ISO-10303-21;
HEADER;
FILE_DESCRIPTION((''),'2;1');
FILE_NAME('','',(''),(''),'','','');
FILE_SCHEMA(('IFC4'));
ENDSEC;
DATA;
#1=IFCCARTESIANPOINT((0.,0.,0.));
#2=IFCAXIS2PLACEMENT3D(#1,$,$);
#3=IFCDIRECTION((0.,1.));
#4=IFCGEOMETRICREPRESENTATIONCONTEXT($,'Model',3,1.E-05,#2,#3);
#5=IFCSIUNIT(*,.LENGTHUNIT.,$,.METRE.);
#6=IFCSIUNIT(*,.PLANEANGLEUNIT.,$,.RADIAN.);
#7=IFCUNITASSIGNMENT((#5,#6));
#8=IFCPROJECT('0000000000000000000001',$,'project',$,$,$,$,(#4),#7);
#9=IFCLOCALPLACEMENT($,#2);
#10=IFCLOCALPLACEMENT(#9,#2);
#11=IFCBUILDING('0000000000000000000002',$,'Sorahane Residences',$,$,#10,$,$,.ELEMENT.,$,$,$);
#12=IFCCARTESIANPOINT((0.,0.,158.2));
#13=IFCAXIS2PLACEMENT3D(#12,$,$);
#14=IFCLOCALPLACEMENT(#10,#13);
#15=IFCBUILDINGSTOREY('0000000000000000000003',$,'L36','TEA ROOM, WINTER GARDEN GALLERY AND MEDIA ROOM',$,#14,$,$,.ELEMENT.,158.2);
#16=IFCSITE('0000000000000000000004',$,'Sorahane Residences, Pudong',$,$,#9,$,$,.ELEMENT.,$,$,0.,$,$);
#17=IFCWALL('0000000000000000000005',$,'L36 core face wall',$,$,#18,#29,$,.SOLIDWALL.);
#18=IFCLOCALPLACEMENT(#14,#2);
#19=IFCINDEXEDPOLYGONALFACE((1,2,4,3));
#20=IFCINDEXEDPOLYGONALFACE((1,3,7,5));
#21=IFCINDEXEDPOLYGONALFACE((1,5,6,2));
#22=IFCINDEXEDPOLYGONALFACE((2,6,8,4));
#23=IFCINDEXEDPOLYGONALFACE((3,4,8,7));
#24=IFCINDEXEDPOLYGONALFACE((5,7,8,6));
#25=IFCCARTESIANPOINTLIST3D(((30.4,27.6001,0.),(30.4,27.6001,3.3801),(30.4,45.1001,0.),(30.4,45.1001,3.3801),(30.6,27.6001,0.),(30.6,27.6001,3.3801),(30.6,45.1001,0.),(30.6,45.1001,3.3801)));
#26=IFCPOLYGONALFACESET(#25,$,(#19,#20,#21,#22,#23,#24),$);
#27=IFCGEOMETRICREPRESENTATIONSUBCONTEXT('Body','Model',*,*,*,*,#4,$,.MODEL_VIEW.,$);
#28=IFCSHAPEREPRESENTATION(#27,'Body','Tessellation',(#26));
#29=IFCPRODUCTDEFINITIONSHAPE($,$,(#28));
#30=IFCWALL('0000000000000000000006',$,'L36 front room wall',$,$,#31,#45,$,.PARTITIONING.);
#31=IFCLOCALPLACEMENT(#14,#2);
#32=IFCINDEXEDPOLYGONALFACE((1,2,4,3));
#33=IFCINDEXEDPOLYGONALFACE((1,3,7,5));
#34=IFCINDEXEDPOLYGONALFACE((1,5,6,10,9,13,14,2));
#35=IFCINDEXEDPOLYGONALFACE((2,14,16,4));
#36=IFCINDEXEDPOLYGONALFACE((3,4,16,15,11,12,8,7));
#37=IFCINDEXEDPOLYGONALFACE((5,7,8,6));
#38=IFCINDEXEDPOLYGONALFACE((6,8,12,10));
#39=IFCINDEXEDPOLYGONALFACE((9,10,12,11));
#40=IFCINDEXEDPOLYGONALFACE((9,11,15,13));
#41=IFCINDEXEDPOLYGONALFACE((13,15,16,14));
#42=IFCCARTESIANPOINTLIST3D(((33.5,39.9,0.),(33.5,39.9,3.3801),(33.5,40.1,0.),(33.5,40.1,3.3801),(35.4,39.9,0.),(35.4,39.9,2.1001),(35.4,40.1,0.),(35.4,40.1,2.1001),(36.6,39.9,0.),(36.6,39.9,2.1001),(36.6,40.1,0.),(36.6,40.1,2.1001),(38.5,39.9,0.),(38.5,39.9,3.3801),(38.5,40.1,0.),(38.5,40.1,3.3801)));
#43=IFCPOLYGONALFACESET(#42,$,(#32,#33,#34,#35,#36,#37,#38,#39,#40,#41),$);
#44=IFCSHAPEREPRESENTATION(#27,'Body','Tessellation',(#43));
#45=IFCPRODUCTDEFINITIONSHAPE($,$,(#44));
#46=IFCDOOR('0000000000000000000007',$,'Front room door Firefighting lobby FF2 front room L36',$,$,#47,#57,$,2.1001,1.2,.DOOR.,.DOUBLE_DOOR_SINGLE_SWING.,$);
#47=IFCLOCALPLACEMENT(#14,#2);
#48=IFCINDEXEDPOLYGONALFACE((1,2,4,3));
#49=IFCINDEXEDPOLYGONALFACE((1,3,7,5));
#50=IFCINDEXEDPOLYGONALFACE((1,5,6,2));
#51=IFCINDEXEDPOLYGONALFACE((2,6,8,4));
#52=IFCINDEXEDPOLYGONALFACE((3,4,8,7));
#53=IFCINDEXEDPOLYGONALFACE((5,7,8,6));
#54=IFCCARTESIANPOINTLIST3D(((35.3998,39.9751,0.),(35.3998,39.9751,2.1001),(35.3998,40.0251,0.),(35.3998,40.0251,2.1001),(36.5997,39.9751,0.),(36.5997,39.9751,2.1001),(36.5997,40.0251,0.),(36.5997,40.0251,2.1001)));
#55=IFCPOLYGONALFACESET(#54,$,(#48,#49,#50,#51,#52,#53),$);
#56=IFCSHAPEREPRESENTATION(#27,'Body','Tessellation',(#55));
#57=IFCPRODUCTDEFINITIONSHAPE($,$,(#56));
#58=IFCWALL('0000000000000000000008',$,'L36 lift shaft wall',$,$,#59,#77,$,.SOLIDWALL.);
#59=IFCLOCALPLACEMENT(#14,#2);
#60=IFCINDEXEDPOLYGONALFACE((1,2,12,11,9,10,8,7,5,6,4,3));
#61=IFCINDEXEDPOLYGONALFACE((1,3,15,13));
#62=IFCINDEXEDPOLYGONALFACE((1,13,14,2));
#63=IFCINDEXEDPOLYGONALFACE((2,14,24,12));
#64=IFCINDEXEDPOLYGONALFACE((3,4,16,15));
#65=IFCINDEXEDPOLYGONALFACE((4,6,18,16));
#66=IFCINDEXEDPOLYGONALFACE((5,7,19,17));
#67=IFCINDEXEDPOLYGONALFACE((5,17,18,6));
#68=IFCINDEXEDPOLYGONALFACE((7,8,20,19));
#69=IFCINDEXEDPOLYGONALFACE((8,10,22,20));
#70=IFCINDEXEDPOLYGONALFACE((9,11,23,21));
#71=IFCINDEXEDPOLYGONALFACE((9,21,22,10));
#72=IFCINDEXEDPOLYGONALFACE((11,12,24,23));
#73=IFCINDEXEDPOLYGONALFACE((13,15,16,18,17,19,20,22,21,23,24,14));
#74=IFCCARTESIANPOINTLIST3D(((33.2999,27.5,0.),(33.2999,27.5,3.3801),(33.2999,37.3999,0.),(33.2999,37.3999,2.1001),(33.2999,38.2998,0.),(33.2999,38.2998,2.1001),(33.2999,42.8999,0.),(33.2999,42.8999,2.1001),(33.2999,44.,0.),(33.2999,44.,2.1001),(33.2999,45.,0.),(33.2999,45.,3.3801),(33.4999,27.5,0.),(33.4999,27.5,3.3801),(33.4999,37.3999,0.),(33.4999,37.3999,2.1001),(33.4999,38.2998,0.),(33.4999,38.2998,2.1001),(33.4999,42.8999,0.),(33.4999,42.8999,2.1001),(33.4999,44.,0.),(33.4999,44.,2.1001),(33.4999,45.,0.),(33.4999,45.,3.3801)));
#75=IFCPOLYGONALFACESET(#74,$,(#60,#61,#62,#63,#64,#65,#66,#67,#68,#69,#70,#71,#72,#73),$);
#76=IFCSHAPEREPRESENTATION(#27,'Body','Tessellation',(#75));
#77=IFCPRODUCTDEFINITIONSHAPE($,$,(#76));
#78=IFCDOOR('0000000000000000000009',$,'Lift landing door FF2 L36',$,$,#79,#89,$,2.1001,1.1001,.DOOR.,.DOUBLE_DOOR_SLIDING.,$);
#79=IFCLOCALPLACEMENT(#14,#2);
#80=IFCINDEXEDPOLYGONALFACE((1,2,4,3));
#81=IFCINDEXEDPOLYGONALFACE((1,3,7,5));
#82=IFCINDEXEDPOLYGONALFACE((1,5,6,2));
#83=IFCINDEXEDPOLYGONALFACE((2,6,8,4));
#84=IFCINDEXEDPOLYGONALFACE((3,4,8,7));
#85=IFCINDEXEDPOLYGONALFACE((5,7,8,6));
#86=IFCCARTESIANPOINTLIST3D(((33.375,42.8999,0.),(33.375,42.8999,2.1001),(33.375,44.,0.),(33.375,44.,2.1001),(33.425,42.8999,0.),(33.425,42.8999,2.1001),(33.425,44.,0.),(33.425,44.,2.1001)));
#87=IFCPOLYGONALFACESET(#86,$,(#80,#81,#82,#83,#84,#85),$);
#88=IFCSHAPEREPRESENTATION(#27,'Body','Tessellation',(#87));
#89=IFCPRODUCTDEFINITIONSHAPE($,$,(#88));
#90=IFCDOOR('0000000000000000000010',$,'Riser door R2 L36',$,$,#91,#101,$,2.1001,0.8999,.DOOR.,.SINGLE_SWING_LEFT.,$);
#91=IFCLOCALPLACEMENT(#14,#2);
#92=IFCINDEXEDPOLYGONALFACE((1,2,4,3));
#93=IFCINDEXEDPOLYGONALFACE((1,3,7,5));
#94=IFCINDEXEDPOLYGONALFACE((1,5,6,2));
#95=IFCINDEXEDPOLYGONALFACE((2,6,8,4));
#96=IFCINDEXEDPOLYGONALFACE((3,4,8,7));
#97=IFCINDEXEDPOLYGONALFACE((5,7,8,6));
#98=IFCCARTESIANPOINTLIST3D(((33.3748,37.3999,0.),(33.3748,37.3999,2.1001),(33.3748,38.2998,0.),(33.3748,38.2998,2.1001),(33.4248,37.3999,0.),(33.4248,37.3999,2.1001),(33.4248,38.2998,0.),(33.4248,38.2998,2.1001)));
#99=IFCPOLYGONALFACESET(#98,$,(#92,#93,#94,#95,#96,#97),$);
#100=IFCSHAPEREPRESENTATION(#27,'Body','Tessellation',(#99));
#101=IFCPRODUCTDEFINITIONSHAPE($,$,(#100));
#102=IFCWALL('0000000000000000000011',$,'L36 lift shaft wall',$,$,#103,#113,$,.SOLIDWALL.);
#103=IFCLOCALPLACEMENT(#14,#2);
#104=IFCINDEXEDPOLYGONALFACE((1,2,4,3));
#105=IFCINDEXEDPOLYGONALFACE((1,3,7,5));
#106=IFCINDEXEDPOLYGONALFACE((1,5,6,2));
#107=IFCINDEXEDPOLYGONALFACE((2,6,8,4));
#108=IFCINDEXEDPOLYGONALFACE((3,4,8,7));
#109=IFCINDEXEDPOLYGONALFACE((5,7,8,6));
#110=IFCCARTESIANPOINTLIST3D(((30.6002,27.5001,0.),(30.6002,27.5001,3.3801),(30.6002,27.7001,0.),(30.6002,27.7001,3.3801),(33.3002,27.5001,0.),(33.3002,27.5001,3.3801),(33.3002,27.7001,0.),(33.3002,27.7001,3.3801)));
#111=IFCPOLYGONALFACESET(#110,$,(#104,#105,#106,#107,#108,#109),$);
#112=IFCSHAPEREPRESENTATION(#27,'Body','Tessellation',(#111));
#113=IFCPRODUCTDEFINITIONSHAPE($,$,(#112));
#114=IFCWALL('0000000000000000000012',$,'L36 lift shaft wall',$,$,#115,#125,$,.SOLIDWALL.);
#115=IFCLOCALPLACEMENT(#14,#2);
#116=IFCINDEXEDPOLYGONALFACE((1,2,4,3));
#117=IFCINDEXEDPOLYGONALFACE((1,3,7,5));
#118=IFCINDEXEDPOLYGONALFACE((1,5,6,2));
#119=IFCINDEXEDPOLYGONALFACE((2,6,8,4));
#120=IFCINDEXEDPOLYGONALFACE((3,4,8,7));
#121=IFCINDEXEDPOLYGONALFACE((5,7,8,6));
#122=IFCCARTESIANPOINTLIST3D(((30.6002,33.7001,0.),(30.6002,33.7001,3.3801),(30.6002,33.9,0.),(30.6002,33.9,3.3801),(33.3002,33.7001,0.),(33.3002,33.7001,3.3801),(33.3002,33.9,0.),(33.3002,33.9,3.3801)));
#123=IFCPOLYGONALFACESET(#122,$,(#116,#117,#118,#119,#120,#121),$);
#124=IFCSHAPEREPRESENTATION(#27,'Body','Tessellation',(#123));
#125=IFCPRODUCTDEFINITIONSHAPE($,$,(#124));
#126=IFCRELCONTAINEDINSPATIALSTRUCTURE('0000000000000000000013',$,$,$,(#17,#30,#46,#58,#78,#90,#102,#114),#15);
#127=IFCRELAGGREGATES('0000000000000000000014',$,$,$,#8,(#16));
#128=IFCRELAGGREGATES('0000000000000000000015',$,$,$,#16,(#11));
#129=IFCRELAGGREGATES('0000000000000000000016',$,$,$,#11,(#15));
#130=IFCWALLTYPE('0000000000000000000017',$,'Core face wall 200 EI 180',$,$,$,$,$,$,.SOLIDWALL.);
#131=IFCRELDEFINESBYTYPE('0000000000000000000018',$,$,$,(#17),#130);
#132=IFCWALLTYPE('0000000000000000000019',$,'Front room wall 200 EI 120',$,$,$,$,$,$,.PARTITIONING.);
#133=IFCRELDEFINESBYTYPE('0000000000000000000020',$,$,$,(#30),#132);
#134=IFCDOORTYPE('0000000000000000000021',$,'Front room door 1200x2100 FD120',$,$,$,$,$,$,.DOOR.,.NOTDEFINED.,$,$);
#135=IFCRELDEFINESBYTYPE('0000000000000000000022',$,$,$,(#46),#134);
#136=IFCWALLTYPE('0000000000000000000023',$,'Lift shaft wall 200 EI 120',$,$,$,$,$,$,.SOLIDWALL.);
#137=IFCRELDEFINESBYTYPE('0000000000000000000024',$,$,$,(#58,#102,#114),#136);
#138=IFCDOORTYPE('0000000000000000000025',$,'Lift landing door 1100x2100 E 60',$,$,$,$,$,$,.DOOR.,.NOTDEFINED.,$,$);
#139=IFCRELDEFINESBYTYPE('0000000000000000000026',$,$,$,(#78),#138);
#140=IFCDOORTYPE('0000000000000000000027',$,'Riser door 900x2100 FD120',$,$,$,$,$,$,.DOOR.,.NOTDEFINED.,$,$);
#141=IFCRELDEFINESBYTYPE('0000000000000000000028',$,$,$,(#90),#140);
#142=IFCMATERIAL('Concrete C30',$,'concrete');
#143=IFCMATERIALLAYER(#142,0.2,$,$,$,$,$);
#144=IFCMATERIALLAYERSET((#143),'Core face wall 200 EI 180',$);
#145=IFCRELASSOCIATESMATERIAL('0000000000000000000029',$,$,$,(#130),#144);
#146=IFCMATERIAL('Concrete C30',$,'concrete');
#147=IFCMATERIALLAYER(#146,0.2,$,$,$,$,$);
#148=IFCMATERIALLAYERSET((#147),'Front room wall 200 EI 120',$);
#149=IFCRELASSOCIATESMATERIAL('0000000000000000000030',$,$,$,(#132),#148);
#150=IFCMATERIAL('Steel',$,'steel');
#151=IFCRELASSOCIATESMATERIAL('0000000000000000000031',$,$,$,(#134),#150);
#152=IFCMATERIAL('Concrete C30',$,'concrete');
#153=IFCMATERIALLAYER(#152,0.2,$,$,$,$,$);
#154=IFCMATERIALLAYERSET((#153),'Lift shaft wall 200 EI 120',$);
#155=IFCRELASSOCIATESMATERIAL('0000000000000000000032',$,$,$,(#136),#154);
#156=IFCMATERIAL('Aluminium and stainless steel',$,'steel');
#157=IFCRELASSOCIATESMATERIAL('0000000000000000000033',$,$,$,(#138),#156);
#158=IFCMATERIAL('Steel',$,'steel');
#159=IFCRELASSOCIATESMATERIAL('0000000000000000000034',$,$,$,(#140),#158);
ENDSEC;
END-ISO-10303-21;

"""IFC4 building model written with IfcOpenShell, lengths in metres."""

from ifc_helpers import new_model, si_unit, direction, frame, frame_2d, origin, place, context, subcontext, project, spatial, rectangle, extrude, material, layer, layer_set, type_object, element, fill, save


model = new_model("IFC4")

# Units and contexts
model_context = context("Model", 3, precision=1e-05, world=origin(), true_north=direction((0.0, 1.0)))
body_context = subcontext(model_context, "Body", "Model", "MODEL_VIEW")
ifc_project = project(units=[si_unit("LENGTHUNIT", "METRE"), si_unit("PLANEANGLEUNIT", "RADIAN")], contexts=[model_context])

# Site, building, storey
site_placement = place(None, origin())
site = spatial("IfcSite", under=ifc_project, at=site_placement, Name="Sorahane Residences, Pudong", CompositionType="ELEMENT", RefElevation=0.0)
building_placement = place(site_placement, origin())
building = spatial("IfcBuilding", under=site, at=building_placement, Name="Sorahane Residences", CompositionType="ELEMENT")
storey_placement = place(building_placement, frame((0.0, 0.0, 158.2)))
storey = spatial("IfcBuildingStorey", under=building, at=storey_placement, Name="L36", Description="TEA ROOM, WINTER GARDEN GALLERY AND MEDIA ROOM", CompositionType="ELEMENT", Elevation=158.2)

# Wall
ifc_material_1 = material(Name="Concrete C30", Category="concrete")
ifc_layer_1 = layer(ifc_material_1, 0.2)
ifc_layer_set_1 = layer_set([ifc_layer_1], Name="Core face wall 200 EI 180")
wall_type_1 = type_object("IfcWallType", Name="Core face wall 200 EI 180", PredefinedType="SOLIDWALL", material=ifc_layer_set_1)
for number, where, z_axis, x_axis, name in (
    (1, (30.5, 27.6001, 0.0), (0.0, 0.0, 1.0), (0.0, 1.0, 0.0), "L36 core face wall"),
):
    element("IfcWall", number, at=place(storey_placement, frame(where, z_axis=z_axis, x_axis=x_axis)), inside=storey, type_object=wall_type_1, Name=name, PredefinedType="SOLIDWALL", context=body_context, shape_type="SweptSolid", body=[
        extrude(rectangle(XDim=17.5, YDim=0.2, at=frame_2d((8.75, 0.0))), origin(), (0.0, 0.0, 1.0), 3.3801),
    ])

# Wall, opening, door
ifc_material_2 = material(Name="Concrete C30", Category="concrete")
ifc_layer_2 = layer(ifc_material_2, 0.2)
ifc_layer_set_2 = layer_set([ifc_layer_2], Name="Front room wall 200 EI 120")
wall_type_2 = type_object("IfcWallType", Name="Front room wall 200 EI 120", PredefinedType="PARTITIONING", material=ifc_layer_set_2)
wall_1_placement = place(storey_placement, frame((33.5, 40.0, 0.0), z_axis=(0.0, 0.0, 1.0), x_axis=(1.0, 0.0, 0.0)))
wall_1 = element("IfcWall", 2, at=wall_1_placement, inside=storey, type_object=wall_type_2, Name="L36 front room wall", PredefinedType="PARTITIONING", context=body_context, shape_type="SweptSolid", body=[
    extrude(rectangle(XDim=5.0, YDim=0.2, at=frame_2d((2.5, 0.0))), origin(), (0.0, 0.0, 1.0), 3.3801),
])
opening_1_placement = place(wall_1_placement, frame((1.8999, 0.0, 0.0)))
opening_1 = element("IfcOpeningElement", 3, at=opening_1_placement, cuts=wall_1, PredefinedType="OPENING", context=body_context, shape_type="SweptSolid", body=[
    extrude(rectangle(XDim=1.2, YDim=2.1001, at=frame_2d((0.6001, 1.05))), frame((0.0, 0.1099, 0.0), z_axis=(0.0, -1.0, 0.0), x_axis=(1.0, 0.0, 0.0)), (0.0, 0.0, 1.0), 0.22),
])
ifc_material_3 = material(Name="Steel", Category="steel")
door_type_1 = type_object("IfcDoorType", Name="Front room door 1200x2100 FD120", OperationType="NOTDEFINED", PredefinedType="DOOR", material=ifc_material_3)
door_1_placement = place(opening_1_placement, frame((1.2, 0.0, 0.0), z_axis=(0.0, 0.0, 1.0), x_axis=(-1.0, 0.0, 0.0)))
door_1 = element("IfcDoor", 4, at=door_1_placement, inside=storey, type_object=door_type_1, Name="Front room door Firefighting lobby FF2 front room L36", OperationType="DOUBLE_DOOR_SINGLE_SWING", OverallHeight=2.1001, OverallWidth=1.2, PredefinedType="DOOR", context=body_context, shape_type="SweptSolid", body=[
    extrude(rectangle(XDim=1.2, YDim=2.1001, at=frame_2d((0.6001, 1.05))), frame((0.0, 0.0249, 0.0), z_axis=(0.0, -1.0, 0.0), x_axis=(1.0, 0.0, 0.0)), (0.0, 0.0, 1.0), 0.05),
])
fill(opening_1, door_1)

# Wall, openings, doors
ifc_material_4 = material(Name="Concrete C30", Category="concrete")
ifc_layer_3 = layer(ifc_material_4, 0.2)
ifc_layer_set_3 = layer_set([ifc_layer_3], Name="Lift shaft wall 200 EI 120")
wall_type_3 = type_object("IfcWallType", Name="Lift shaft wall 200 EI 120", PredefinedType="SOLIDWALL", material=ifc_layer_set_3)
wall_2_placement = place(storey_placement, frame((33.3999, 27.5, 0.0), z_axis=(0.0, 0.0, 1.0), x_axis=(0.0, 1.0, 0.0)))
wall_2 = element("IfcWall", 5, at=wall_2_placement, inside=storey, type_object=wall_type_3, Name="L36 lift shaft wall", PredefinedType="SOLIDWALL", context=body_context, shape_type="SweptSolid", body=[
    extrude(rectangle(XDim=17.5, YDim=0.2, at=frame_2d((8.75, 0.0))), origin(), (0.0, 0.0, 1.0), 3.3801),
])
opening_2_placement = place(wall_2_placement, frame((15.3999, 0.0, 0.0)))
opening_2 = element("IfcOpeningElement", 6, at=opening_2_placement, cuts=wall_2, PredefinedType="OPENING", context=body_context, shape_type="SweptSolid", body=[
    extrude(rectangle(XDim=1.1001, YDim=2.1001, at=frame_2d((0.55, 1.05))), frame((0.0, 0.1099, 0.0), z_axis=(0.0, -1.0, 0.0), x_axis=(1.0, 0.0, 0.0)), (0.0, 0.0, 1.0), 0.22),
])
opening_3_placement = place(wall_2_placement, frame((9.8999, 0.0, 0.0)))
opening_3 = element("IfcOpeningElement", 7, at=opening_3_placement, cuts=wall_2, PredefinedType="OPENING", context=body_context, shape_type="SweptSolid", body=[
    extrude(rectangle(XDim=0.8999, YDim=2.1001, at=frame_2d((0.45, 1.05))), frame((0.0, 0.1099, 0.0), z_axis=(0.0, -1.0, 0.0), x_axis=(1.0, 0.0, 0.0)), (0.0, 0.0, 1.0), 0.22),
])
ifc_material_5 = material(Name="Aluminium and stainless steel", Category="steel")
door_type_2 = type_object("IfcDoorType", Name="Lift landing door 1100x2100 E 60", OperationType="NOTDEFINED", PredefinedType="DOOR", material=ifc_material_5)
door_2_placement = place(opening_2_placement, origin())
door_2 = element("IfcDoor", 8, at=door_2_placement, inside=storey, type_object=door_type_2, Name="Lift landing door FF2 L36", OperationType="DOUBLE_DOOR_SLIDING", OverallHeight=2.1001, OverallWidth=1.1001, PredefinedType="DOOR", context=body_context, shape_type="SweptSolid", body=[
    extrude(rectangle(XDim=1.1001, YDim=2.1001, at=frame_2d((0.55, 1.05))), frame((0.0, 0.0249, 0.0), z_axis=(0.0, -1.0, 0.0), x_axis=(1.0, 0.0, 0.0)), (0.0, 0.0, 1.0), 0.05),
])
fill(opening_2, door_2)
ifc_material_6 = material(Name="Steel", Category="steel")
door_type_3 = type_object("IfcDoorType", Name="Riser door 900x2100 FD120", OperationType="NOTDEFINED", PredefinedType="DOOR", material=ifc_material_6)
door_3_placement = place(opening_3_placement, frame((0.8999, 0.0, 0.0), z_axis=(0.0, 0.0, 1.0), x_axis=(-1.0, 0.0, 0.0)))
door_3 = element("IfcDoor", 9, at=door_3_placement, inside=storey, type_object=door_type_3, Name="Riser door R2 L36", OperationType="SINGLE_SWING_LEFT", OverallHeight=2.1001, OverallWidth=0.8999, PredefinedType="DOOR", context=body_context, shape_type="SweptSolid", body=[
    extrude(rectangle(XDim=0.8999, YDim=2.1001, at=frame_2d((0.45, 1.05))), frame((0.0, 0.0249, 0.0), z_axis=(0.0, -1.0, 0.0), x_axis=(1.0, 0.0, 0.0)), (0.0, 0.0, 1.0), 0.05),
])
fill(opening_3, door_3)

# Walls
for number, where, z_axis, x_axis, name in (
    (10, (30.6001, 27.6001, 0.0), (0.0, 0.0, 1.0), (1.0, 0.0, 0.0), "L36 lift shaft wall"),
    (11, (30.6001, 33.8, 0.0), (0.0, 0.0, 1.0), (1.0, 0.0, 0.0), "L36 lift shaft wall"),
):
    element("IfcWall", number, at=place(storey_placement, frame(where, z_axis=z_axis, x_axis=x_axis)), inside=storey, type_object=wall_type_3, Name=name, PredefinedType="SOLIDWALL", context=body_context, shape_type="SweptSolid", body=[
        extrude(rectangle(XDim=2.7, YDim=0.2, at=frame_2d((1.3501, 0.0))), origin(), (0.0, 0.0, 1.0), 3.3801),
    ])

save(model, "model.ifc")
